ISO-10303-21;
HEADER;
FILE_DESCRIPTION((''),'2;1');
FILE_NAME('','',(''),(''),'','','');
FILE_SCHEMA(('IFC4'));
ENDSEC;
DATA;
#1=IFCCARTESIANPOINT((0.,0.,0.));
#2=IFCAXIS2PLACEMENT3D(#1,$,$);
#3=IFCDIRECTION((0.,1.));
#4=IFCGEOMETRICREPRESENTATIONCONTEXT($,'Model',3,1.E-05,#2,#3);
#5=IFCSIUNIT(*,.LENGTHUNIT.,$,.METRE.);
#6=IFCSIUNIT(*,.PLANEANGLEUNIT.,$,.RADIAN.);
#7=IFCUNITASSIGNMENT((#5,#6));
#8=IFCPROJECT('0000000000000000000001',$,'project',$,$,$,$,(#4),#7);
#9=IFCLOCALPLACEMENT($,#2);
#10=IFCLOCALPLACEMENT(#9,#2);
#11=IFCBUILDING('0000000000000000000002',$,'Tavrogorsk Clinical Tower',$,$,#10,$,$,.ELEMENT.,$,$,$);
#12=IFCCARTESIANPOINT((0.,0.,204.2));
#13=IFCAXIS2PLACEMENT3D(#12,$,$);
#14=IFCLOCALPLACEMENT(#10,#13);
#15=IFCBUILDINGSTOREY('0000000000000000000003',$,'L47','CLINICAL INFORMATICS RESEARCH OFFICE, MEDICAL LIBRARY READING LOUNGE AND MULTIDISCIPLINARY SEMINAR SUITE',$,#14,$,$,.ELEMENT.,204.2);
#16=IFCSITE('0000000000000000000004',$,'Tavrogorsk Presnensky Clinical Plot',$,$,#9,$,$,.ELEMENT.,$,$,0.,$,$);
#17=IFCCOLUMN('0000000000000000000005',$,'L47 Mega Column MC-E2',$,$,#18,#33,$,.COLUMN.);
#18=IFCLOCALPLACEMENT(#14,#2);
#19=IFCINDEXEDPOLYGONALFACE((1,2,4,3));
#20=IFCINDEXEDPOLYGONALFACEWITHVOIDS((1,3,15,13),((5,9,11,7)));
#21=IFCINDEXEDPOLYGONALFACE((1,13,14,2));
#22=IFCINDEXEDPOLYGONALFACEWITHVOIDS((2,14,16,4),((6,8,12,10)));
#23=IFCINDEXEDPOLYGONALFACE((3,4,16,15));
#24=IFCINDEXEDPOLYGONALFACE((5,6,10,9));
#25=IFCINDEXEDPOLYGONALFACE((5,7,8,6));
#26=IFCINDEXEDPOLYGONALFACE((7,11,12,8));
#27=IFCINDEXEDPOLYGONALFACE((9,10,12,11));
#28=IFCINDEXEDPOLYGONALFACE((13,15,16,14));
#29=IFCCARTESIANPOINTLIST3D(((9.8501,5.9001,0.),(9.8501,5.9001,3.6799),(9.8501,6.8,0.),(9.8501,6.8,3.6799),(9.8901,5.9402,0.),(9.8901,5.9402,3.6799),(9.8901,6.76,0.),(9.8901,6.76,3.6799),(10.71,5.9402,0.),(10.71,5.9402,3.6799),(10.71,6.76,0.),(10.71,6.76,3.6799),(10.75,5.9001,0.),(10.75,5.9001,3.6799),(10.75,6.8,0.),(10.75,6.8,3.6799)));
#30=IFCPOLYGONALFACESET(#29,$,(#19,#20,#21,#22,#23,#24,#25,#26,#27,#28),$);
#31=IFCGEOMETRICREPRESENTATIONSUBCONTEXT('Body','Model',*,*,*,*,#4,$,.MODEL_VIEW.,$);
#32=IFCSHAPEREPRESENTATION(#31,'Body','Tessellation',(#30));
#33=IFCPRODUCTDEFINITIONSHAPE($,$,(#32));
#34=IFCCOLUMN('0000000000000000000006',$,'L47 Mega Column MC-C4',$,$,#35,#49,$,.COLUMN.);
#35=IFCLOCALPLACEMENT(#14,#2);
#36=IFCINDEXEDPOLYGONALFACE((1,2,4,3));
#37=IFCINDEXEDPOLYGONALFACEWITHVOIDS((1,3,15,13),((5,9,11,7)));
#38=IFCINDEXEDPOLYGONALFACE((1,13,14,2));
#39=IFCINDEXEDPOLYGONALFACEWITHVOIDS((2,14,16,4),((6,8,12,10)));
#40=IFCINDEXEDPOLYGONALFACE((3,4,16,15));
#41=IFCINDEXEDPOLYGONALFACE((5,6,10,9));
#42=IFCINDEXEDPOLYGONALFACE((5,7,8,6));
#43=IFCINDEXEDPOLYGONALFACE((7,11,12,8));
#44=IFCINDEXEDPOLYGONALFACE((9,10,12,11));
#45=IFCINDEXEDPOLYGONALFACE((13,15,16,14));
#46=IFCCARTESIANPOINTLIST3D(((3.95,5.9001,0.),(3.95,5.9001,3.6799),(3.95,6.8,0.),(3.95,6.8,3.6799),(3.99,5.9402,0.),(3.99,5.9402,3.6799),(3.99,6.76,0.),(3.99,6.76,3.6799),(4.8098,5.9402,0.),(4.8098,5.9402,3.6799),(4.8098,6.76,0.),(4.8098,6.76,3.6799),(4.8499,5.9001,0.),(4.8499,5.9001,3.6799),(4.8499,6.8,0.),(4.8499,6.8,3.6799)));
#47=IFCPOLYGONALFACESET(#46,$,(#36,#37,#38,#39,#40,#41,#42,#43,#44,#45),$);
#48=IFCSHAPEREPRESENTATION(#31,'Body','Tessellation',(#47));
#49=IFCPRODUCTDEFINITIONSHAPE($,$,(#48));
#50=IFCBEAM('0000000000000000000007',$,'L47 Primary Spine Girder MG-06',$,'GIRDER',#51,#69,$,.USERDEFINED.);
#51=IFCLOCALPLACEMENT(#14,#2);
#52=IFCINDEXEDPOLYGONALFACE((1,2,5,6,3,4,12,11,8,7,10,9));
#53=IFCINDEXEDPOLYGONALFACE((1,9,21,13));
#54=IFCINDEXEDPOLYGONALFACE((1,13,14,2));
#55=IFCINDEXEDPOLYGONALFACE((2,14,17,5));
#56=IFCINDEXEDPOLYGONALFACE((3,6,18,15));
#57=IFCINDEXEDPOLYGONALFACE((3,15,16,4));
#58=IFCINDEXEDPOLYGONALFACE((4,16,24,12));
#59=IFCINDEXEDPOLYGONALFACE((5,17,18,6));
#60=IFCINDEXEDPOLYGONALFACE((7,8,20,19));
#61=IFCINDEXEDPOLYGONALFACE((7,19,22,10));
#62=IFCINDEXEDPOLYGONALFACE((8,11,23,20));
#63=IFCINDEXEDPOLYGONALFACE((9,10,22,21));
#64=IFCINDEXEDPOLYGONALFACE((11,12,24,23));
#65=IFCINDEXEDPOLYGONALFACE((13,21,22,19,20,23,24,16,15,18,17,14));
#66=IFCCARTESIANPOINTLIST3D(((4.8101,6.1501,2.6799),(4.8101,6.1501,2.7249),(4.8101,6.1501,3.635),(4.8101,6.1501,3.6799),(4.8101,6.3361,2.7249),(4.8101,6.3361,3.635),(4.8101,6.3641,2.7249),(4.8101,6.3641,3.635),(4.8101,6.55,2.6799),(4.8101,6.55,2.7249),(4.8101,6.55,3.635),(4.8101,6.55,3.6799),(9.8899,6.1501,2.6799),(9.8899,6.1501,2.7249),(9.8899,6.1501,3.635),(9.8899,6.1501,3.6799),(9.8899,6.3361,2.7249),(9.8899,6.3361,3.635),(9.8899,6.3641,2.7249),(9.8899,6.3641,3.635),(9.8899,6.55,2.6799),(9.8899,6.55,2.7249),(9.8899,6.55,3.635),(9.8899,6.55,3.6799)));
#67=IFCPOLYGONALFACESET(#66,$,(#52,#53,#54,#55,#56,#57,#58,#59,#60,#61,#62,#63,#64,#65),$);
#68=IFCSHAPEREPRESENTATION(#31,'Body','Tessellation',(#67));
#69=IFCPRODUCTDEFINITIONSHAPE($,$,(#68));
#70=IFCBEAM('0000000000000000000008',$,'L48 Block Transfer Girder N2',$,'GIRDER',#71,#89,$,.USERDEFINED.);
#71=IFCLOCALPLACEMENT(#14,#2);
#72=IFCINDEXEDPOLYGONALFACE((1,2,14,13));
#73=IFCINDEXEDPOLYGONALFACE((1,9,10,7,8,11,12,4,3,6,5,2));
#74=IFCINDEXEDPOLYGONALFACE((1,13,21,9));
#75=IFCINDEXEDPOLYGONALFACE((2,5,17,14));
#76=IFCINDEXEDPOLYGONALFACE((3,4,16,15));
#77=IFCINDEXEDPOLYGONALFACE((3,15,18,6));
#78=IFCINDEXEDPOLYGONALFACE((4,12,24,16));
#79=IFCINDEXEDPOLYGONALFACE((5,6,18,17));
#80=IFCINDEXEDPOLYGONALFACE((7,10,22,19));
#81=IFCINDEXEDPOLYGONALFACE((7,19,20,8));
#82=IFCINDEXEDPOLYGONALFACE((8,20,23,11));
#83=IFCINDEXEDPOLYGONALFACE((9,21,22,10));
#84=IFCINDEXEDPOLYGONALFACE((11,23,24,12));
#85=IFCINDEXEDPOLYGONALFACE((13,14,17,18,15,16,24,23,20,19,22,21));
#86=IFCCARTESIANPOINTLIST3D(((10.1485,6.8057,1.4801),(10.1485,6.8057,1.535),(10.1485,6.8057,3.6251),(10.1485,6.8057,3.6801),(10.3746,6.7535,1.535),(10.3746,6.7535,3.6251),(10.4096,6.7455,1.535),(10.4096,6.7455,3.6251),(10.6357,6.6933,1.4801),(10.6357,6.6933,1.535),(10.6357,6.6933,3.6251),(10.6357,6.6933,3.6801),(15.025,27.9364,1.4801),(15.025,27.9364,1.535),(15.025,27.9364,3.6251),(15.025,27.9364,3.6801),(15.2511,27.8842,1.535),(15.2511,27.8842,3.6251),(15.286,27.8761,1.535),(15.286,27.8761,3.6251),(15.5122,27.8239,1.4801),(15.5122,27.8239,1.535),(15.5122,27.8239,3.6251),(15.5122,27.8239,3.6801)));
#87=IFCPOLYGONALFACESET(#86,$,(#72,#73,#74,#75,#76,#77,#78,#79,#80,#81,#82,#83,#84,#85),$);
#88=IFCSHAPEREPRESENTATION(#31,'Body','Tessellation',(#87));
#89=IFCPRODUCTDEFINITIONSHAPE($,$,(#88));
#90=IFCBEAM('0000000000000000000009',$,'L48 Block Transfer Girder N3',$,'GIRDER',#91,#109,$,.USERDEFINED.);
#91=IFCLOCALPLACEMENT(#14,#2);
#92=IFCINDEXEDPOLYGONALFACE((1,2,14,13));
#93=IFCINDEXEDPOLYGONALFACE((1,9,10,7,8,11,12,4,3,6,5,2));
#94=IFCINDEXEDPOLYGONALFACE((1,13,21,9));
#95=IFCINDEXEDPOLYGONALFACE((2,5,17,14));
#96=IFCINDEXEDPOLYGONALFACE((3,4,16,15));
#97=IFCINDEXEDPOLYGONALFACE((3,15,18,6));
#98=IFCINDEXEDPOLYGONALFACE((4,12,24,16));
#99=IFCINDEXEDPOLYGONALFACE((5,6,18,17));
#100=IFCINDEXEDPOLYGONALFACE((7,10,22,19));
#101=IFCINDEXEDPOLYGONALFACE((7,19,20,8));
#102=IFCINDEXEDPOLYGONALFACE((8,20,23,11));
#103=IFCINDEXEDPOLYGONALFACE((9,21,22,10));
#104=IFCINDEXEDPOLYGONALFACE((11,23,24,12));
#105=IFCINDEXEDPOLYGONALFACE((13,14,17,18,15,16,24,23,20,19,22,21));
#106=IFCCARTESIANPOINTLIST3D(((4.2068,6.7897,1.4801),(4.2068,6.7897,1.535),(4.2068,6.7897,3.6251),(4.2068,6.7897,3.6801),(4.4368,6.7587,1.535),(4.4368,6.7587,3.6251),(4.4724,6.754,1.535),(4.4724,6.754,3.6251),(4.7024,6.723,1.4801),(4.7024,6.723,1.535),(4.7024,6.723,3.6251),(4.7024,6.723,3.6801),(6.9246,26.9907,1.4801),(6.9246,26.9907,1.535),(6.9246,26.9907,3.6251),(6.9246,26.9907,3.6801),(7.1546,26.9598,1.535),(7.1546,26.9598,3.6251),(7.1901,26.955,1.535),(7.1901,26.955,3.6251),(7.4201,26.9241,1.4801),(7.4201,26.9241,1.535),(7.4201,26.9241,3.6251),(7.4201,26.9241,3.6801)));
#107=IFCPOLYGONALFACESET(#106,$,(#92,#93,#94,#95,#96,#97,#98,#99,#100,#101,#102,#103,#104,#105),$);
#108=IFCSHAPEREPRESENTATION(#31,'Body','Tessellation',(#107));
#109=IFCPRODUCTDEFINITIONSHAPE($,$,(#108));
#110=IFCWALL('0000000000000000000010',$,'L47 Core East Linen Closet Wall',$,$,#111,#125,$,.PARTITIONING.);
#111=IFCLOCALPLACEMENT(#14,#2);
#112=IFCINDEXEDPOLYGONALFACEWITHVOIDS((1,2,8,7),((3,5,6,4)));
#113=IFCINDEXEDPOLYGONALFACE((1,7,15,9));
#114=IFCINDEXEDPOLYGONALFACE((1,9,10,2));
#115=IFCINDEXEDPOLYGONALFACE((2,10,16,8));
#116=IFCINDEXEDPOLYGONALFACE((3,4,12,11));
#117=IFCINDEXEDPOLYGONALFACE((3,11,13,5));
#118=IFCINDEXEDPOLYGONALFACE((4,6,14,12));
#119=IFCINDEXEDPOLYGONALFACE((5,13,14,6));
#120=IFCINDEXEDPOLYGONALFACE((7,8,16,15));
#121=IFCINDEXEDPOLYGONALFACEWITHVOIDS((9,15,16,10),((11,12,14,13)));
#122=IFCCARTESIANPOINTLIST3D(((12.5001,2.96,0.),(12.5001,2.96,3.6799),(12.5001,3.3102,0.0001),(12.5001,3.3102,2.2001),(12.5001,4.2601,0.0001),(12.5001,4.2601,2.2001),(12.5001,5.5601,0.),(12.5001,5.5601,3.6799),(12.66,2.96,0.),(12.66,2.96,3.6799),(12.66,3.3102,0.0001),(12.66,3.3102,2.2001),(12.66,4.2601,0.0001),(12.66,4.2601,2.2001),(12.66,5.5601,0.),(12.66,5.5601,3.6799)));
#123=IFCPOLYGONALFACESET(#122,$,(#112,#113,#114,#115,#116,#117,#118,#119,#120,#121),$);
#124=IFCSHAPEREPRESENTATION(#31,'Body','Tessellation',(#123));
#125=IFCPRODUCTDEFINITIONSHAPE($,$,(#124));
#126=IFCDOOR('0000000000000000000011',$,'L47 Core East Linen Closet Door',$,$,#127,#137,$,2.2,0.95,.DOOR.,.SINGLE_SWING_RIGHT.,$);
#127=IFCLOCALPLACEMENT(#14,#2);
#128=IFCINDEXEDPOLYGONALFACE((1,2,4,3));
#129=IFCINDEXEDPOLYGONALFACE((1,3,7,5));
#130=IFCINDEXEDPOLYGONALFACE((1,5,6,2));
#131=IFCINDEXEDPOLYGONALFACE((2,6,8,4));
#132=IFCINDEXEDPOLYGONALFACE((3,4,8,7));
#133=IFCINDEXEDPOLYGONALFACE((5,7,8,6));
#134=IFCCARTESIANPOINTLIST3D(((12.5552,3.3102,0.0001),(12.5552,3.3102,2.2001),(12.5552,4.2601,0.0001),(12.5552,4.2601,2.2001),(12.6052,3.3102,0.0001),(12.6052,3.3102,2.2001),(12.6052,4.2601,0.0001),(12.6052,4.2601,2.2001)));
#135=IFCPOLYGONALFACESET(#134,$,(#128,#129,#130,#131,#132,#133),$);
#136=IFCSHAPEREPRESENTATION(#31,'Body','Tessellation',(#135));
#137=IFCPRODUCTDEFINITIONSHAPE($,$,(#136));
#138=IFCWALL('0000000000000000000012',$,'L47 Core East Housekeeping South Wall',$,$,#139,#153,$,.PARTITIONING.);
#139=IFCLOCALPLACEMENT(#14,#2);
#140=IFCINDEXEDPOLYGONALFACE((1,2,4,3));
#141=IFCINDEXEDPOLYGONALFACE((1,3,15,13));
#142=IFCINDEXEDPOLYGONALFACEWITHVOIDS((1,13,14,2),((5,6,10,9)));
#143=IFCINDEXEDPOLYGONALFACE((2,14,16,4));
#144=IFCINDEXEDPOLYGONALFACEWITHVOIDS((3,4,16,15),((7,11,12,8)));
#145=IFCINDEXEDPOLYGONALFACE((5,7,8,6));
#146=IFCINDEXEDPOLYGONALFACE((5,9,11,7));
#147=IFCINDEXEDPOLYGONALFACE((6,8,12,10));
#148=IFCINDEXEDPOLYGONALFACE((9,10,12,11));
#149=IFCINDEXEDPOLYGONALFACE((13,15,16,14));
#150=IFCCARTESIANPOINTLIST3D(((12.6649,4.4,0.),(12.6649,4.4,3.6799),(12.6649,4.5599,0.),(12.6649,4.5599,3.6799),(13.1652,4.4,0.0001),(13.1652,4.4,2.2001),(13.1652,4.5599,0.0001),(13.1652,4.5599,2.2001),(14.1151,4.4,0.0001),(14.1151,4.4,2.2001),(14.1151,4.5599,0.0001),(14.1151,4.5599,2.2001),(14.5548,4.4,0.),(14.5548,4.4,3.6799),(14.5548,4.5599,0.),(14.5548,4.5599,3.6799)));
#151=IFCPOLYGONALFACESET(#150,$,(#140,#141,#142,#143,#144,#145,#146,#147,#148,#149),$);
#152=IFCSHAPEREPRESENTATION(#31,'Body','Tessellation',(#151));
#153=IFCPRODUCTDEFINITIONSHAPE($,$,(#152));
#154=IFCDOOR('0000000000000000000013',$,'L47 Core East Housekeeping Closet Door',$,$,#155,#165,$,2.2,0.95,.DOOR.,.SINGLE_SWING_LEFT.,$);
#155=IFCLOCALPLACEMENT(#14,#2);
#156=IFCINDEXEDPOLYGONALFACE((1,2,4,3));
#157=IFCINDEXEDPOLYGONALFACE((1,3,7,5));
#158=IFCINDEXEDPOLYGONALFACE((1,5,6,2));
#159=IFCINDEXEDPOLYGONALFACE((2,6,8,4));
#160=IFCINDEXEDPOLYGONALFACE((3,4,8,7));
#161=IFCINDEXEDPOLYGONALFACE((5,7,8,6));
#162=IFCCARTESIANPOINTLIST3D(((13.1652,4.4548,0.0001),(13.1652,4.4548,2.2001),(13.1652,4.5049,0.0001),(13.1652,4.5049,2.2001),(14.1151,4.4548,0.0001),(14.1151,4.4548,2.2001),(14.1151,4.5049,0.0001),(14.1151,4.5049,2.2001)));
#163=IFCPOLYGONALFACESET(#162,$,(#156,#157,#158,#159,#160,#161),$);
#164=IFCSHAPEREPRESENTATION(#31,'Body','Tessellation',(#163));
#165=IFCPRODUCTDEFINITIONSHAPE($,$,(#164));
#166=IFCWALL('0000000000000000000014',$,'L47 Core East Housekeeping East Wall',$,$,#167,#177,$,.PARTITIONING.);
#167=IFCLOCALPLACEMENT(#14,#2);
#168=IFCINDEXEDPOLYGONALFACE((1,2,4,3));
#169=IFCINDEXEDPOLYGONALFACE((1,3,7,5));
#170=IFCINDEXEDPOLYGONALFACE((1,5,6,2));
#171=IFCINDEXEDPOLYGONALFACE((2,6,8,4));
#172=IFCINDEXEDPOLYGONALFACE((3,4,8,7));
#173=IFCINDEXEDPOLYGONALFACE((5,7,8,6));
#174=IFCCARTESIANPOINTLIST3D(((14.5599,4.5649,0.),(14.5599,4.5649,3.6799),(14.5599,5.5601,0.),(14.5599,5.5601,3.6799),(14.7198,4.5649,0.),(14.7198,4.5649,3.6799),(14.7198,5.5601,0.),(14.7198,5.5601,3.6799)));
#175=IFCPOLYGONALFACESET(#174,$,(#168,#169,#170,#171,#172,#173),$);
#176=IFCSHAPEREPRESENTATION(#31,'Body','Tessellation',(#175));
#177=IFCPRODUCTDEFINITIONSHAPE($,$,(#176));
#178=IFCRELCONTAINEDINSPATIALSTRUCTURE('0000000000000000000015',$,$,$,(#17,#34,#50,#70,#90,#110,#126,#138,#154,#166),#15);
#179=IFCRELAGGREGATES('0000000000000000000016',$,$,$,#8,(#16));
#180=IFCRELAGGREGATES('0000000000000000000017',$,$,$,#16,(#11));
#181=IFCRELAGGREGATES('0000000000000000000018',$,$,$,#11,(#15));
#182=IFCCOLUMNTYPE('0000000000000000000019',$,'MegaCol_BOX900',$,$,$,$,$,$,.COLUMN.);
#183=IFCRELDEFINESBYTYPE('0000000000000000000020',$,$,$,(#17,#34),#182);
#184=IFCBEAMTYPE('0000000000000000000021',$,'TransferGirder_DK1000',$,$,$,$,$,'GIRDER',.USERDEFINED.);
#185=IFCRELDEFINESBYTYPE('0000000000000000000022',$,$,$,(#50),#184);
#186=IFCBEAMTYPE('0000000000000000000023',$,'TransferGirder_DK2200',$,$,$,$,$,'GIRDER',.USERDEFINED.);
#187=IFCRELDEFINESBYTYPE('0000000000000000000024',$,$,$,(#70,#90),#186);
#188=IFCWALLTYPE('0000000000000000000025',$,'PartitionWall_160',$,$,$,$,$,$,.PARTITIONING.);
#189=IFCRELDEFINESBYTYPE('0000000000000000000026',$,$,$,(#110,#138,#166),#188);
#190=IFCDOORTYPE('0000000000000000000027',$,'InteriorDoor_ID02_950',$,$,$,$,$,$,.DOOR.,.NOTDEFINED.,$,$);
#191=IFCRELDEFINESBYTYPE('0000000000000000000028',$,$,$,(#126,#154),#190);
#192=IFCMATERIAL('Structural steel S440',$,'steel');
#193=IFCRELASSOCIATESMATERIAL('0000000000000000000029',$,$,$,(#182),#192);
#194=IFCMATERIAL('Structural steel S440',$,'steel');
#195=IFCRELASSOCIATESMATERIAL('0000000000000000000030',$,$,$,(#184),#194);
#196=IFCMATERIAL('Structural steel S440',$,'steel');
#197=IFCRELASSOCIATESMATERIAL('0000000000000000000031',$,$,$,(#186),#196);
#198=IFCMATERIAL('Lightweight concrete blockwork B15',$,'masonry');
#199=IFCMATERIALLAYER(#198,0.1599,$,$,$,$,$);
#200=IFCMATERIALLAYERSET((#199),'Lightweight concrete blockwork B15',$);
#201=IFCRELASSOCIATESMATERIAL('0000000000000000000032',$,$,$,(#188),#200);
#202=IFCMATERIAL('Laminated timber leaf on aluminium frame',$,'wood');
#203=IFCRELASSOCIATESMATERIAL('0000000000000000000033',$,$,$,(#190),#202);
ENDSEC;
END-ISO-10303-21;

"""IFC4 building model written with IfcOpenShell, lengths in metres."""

from ifc_helpers import new_model, si_unit, direction, frame, frame_2d, origin, origin_2d, place, context, subcontext, project, spatial, rectangle, hollow_rectangle, i_section, extrude, material, layer, layer_set, material_profile, profile_set, type_object, element, fill, save


model = new_model("IFC4")

# Units and contexts
model_context = context("Model", 3, precision=1e-05, world=origin(), true_north=direction((0.0, 1.0)))
body_context = subcontext(model_context, "Body", "Model", "MODEL_VIEW")
ifc_project = project(units=[si_unit("LENGTHUNIT", "METRE"), si_unit("PLANEANGLEUNIT", "RADIAN")], contexts=[model_context])

# Site, building, storey
site_placement = place(None, origin())
site = spatial("IfcSite", under=ifc_project, at=site_placement, Name="Tavrogorsk Presnensky Clinical Plot", CompositionType="ELEMENT", RefElevation=0.0)
building_placement = place(site_placement, origin())
building = spatial("IfcBuilding", under=site, at=building_placement, Name="Tavrogorsk Clinical Tower", CompositionType="ELEMENT")
storey_placement = place(building_placement, frame((0.0, 0.0, 204.2)))
storey = spatial("IfcBuildingStorey", under=building, at=storey_placement, Name="L47", Description="CLINICAL INFORMATICS RESEARCH OFFICE, MEDICAL LIBRARY READING LOUNGE AND MULTIDISCIPLINARY SEMINAR SUITE", CompositionType="ELEMENT", Elevation=204.2)

# Columns
ifc_material_1 = material(Name="Structural steel S440", Category="steel")
ifc_material_profile_1 = material_profile(ifc_material_1, hollow_rectangle(XDim=0.8999, YDim=0.8999, WallThickness=0.04, at=origin_2d()), Name="BOX-900x900x40")
ifc_profile_set_1 = profile_set([ifc_material_profile_1], Name="Structural steel S440")
column_type = type_object("IfcColumnType", Name="MegaCol_BOX900", PredefinedType="COLUMN", material=ifc_profile_set_1)
for number, where, z_axis, x_axis, name in (
    (1, (10.3, 6.3501, 0.0), (0.0, 0.0, 1.0), (1.0, 0.0, 0.0), "L47 Mega Column MC-E2"),
    (2, (4.3999, 6.3501, 0.0), (0.0, 0.0, 1.0), (1.0, 0.0, 0.0), "L47 Mega Column MC-C4"),
):
    element("IfcColumn", number, at=place(storey_placement, frame(where, z_axis=z_axis, x_axis=x_axis)), inside=storey, type_object=column_type, Name=name, PredefinedType="COLUMN", context=body_context, shape_type="SweptSolid", body=[
        extrude(hollow_rectangle(XDim=0.8999, YDim=0.8999, WallThickness=0.04, at=origin_2d()), origin(), (0.0, 0.0, 1.0), 3.6799),
    ])

# Beams
ifc_material_2 = material(Name="Structural steel S440", Category="steel")
ifc_material_profile_2 = material_profile(ifc_material_2, i_section(OverallWidth=0.3999, OverallDepth=1.0, WebThickness=0.0281, FlangeThickness=0.0449, at=origin_2d()), Name="DK-1000x400x28x45")
ifc_profile_set_2 = profile_set([ifc_material_profile_2], Name="Structural steel S440")
beam_type_1 = type_object("IfcBeamType", Name="TransferGirder_DK1000", ElementType="GIRDER", PredefinedType="USERDEFINED", material=ifc_profile_set_2)
beam_1_placement = place(storey_placement, frame((4.8101, 6.3501, 3.1799), z_axis=(1.0, 0.0, 0.0), x_axis=(0.0, 1.0, 0.0)))
element("IfcBeam", 3, at=beam_1_placement, inside=storey, type_object=beam_type_1, Name="L47 Primary Spine Girder MG-06", ObjectType="GIRDER", PredefinedType="USERDEFINED", context=body_context, shape_type="SweptSolid", body=[
    extrude(i_section(OverallWidth=0.3999, OverallDepth=1.0, WebThickness=0.0281, FlangeThickness=0.0449, at=origin_2d()), origin(), (0.0, 0.0, 1.0), 5.0798),
])
ifc_material_3 = material(Name="Structural steel S440", Category="steel")
ifc_material_profile_3 = material_profile(ifc_material_3, i_section(OverallWidth=0.5, OverallDepth=2.2, WebThickness=0.0359, FlangeThickness=0.0549, at=origin_2d()), Name="DK-2200x500x36x55")
ifc_profile_set_3 = profile_set([ifc_material_profile_3], Name="Structural steel S440")
beam_type_2 = type_object("IfcBeamType", Name="TransferGirder_DK2200", ElementType="GIRDER", PredefinedType="USERDEFINED", material=ifc_profile_set_3)
beam_2_placement = place(storey_placement, frame((10.3921, 6.7495, 2.5801), z_axis=(0.224867, 0.974389, 0.0), x_axis=(-0.974389, 0.224867, 0.0)))
element("IfcBeam", 4, at=beam_2_placement, inside=storey, type_object=beam_type_2, Name="L48 Block Transfer Girder N2", ObjectType="GIRDER", PredefinedType="USERDEFINED", context=body_context, shape_type="SweptSolid", body=[
    extrude(i_section(OverallWidth=0.5, OverallDepth=2.2, WebThickness=0.0359, FlangeThickness=0.0549, at=origin_2d()), origin(), (0.0, 0.0, 1.0), 21.686),
])
beam_3_placement = place(storey_placement, frame((4.4546, 6.7563, 2.5801), z_axis=(0.133334, 0.991071, 0.0), x_axis=(-0.991071, 0.133334, 0.0)))
element("IfcBeam", 5, at=beam_3_placement, inside=storey, type_object=beam_type_2, Name="L48 Block Transfer Girder N3", ObjectType="GIRDER", PredefinedType="USERDEFINED", context=body_context, shape_type="SweptSolid", body=[
    extrude(i_section(OverallWidth=0.5, OverallDepth=2.2, WebThickness=0.0359, FlangeThickness=0.0549, at=origin_2d()), origin(), (0.0, 0.0, 1.0), 20.3831),
])

# Walls, openings, doors
ifc_material_4 = material(Name="Lightweight concrete blockwork B15", Category="masonry")
ifc_layer_1 = layer(ifc_material_4, 0.1599)
ifc_layer_set_1 = layer_set([ifc_layer_1], Name="Lightweight concrete blockwork B15")
wall_type_1 = type_object("IfcWallType", Name="PartitionWall_160", PredefinedType="PARTITIONING", material=ifc_layer_set_1)
wall_1_placement = place(storey_placement, frame((12.5801, 2.96, 0.0), z_axis=(0.0, 0.0, 1.0), x_axis=(0.0, 1.0, 0.0)))
wall_1 = element("IfcWall", 6, at=wall_1_placement, inside=storey, type_object=wall_type_1, Name="L47 Core East Linen Closet Wall", PredefinedType="PARTITIONING", context=body_context, shape_type="SweptSolid", body=[
    extrude(rectangle(XDim=2.6001, YDim=0.1599, at=frame_2d((1.3, 0.0))), origin(), (0.0, 0.0, 1.0), 3.6799),
])
opening_1_placement = place(wall_1_placement, frame((0.3501, 0.0, 0.0)))
opening_1 = element("IfcOpeningElement", 7, at=opening_1_placement, cuts=wall_1, PredefinedType="OPENING", context=body_context, shape_type="SweptSolid", body=[
    extrude(rectangle(XDim=0.95, YDim=2.2, at=frame_2d((0.4751, 1.1001))), frame((0.0, 0.0898, 0.0), z_axis=(0.0, -1.0, 0.0), x_axis=(1.0, 0.0, 0.0)), (0.0, 0.0, 1.0), 0.1799),
])
ifc_material_5 = material(Name="Laminated timber leaf on aluminium frame", Category="wood")
door_type_1 = type_object("IfcDoorType", Name="InteriorDoor_ID02_950", OperationType="NOTDEFINED", PredefinedType="DOOR", material=ifc_material_5)
door_1_placement = place(opening_1_placement, origin())
door_1 = element("IfcDoor", 8, at=door_1_placement, inside=storey, type_object=door_type_1, Name="L47 Core East Linen Closet Door", OperationType="SINGLE_SWING_RIGHT", OverallHeight=2.2, OverallWidth=0.95, PredefinedType="DOOR", context=body_context, shape_type="SweptSolid", body=[
    extrude(rectangle(XDim=0.95, YDim=2.2, at=frame_2d((0.4751, 1.1001))), frame((0.0, 0.0249, 0.0), z_axis=(0.0, -1.0, 0.0), x_axis=(1.0, 0.0, 0.0)), (0.0, 0.0, 1.0), 0.05),
])
fill(opening_1, door_1)
wall_2_placement = place(storey_placement, frame((12.665, 4.48, 0.0), z_axis=(0.0, 0.0, 1.0), x_axis=(1.0, 0.0, 0.0)))
wall_2 = element("IfcWall", 9, at=wall_2_placement, inside=storey, type_object=wall_type_1, Name="L47 Core East Housekeeping South Wall", PredefinedType="PARTITIONING", context=body_context, shape_type="SweptSolid", body=[
    extrude(rectangle(XDim=1.8899, YDim=0.1599, at=frame_2d((0.9448, 0.0))), origin(), (0.0, 0.0, 1.0), 3.6799),
])
opening_2_placement = place(wall_2_placement, frame((0.5, 0.0, 0.0)))
opening_2 = element("IfcOpeningElement", 10, at=opening_2_placement, cuts=wall_2, PredefinedType="OPENING", context=body_context, shape_type="SweptSolid", body=[
    extrude(rectangle(XDim=0.95, YDim=2.2, at=frame_2d((0.4751, 1.1001))), frame((0.0, 0.0898, 0.0), z_axis=(0.0, -1.0, 0.0), x_axis=(1.0, 0.0, 0.0)), (0.0, 0.0, 1.0), 0.1799),
])
door_2_placement = place(opening_2_placement, origin())
door_2 = element("IfcDoor", 11, at=door_2_placement, inside=storey, type_object=door_type_1, Name="L47 Core East Housekeeping Closet Door", OperationType="SINGLE_SWING_LEFT", OverallHeight=2.2, OverallWidth=0.95, PredefinedType="DOOR", context=body_context, shape_type="SweptSolid", body=[
    extrude(rectangle(XDim=0.95, YDim=2.2, at=frame_2d((0.4751, 1.1001))), frame((0.0, 0.0249, 0.0), z_axis=(0.0, -1.0, 0.0), x_axis=(1.0, 0.0, 0.0)), (0.0, 0.0, 1.0), 0.05),
])
fill(opening_2, door_2)

# Wall
wall_3_placement = place(storey_placement, frame((14.6399, 4.5649, 0.0), z_axis=(0.0, 0.0, 1.0), x_axis=(0.0, 1.0, 0.0)))
element("IfcWall", 12, at=wall_3_placement, inside=storey, type_object=wall_type_1, Name="L47 Core East Housekeeping East Wall", PredefinedType="PARTITIONING", context=body_context, shape_type="SweptSolid", body=[
    extrude(rectangle(XDim=0.9951, YDim=0.1599, at=frame_2d((0.4976, 0.0))), origin(), (0.0, 0.0, 1.0), 3.6799),
])

save(model, "model.ifc")
